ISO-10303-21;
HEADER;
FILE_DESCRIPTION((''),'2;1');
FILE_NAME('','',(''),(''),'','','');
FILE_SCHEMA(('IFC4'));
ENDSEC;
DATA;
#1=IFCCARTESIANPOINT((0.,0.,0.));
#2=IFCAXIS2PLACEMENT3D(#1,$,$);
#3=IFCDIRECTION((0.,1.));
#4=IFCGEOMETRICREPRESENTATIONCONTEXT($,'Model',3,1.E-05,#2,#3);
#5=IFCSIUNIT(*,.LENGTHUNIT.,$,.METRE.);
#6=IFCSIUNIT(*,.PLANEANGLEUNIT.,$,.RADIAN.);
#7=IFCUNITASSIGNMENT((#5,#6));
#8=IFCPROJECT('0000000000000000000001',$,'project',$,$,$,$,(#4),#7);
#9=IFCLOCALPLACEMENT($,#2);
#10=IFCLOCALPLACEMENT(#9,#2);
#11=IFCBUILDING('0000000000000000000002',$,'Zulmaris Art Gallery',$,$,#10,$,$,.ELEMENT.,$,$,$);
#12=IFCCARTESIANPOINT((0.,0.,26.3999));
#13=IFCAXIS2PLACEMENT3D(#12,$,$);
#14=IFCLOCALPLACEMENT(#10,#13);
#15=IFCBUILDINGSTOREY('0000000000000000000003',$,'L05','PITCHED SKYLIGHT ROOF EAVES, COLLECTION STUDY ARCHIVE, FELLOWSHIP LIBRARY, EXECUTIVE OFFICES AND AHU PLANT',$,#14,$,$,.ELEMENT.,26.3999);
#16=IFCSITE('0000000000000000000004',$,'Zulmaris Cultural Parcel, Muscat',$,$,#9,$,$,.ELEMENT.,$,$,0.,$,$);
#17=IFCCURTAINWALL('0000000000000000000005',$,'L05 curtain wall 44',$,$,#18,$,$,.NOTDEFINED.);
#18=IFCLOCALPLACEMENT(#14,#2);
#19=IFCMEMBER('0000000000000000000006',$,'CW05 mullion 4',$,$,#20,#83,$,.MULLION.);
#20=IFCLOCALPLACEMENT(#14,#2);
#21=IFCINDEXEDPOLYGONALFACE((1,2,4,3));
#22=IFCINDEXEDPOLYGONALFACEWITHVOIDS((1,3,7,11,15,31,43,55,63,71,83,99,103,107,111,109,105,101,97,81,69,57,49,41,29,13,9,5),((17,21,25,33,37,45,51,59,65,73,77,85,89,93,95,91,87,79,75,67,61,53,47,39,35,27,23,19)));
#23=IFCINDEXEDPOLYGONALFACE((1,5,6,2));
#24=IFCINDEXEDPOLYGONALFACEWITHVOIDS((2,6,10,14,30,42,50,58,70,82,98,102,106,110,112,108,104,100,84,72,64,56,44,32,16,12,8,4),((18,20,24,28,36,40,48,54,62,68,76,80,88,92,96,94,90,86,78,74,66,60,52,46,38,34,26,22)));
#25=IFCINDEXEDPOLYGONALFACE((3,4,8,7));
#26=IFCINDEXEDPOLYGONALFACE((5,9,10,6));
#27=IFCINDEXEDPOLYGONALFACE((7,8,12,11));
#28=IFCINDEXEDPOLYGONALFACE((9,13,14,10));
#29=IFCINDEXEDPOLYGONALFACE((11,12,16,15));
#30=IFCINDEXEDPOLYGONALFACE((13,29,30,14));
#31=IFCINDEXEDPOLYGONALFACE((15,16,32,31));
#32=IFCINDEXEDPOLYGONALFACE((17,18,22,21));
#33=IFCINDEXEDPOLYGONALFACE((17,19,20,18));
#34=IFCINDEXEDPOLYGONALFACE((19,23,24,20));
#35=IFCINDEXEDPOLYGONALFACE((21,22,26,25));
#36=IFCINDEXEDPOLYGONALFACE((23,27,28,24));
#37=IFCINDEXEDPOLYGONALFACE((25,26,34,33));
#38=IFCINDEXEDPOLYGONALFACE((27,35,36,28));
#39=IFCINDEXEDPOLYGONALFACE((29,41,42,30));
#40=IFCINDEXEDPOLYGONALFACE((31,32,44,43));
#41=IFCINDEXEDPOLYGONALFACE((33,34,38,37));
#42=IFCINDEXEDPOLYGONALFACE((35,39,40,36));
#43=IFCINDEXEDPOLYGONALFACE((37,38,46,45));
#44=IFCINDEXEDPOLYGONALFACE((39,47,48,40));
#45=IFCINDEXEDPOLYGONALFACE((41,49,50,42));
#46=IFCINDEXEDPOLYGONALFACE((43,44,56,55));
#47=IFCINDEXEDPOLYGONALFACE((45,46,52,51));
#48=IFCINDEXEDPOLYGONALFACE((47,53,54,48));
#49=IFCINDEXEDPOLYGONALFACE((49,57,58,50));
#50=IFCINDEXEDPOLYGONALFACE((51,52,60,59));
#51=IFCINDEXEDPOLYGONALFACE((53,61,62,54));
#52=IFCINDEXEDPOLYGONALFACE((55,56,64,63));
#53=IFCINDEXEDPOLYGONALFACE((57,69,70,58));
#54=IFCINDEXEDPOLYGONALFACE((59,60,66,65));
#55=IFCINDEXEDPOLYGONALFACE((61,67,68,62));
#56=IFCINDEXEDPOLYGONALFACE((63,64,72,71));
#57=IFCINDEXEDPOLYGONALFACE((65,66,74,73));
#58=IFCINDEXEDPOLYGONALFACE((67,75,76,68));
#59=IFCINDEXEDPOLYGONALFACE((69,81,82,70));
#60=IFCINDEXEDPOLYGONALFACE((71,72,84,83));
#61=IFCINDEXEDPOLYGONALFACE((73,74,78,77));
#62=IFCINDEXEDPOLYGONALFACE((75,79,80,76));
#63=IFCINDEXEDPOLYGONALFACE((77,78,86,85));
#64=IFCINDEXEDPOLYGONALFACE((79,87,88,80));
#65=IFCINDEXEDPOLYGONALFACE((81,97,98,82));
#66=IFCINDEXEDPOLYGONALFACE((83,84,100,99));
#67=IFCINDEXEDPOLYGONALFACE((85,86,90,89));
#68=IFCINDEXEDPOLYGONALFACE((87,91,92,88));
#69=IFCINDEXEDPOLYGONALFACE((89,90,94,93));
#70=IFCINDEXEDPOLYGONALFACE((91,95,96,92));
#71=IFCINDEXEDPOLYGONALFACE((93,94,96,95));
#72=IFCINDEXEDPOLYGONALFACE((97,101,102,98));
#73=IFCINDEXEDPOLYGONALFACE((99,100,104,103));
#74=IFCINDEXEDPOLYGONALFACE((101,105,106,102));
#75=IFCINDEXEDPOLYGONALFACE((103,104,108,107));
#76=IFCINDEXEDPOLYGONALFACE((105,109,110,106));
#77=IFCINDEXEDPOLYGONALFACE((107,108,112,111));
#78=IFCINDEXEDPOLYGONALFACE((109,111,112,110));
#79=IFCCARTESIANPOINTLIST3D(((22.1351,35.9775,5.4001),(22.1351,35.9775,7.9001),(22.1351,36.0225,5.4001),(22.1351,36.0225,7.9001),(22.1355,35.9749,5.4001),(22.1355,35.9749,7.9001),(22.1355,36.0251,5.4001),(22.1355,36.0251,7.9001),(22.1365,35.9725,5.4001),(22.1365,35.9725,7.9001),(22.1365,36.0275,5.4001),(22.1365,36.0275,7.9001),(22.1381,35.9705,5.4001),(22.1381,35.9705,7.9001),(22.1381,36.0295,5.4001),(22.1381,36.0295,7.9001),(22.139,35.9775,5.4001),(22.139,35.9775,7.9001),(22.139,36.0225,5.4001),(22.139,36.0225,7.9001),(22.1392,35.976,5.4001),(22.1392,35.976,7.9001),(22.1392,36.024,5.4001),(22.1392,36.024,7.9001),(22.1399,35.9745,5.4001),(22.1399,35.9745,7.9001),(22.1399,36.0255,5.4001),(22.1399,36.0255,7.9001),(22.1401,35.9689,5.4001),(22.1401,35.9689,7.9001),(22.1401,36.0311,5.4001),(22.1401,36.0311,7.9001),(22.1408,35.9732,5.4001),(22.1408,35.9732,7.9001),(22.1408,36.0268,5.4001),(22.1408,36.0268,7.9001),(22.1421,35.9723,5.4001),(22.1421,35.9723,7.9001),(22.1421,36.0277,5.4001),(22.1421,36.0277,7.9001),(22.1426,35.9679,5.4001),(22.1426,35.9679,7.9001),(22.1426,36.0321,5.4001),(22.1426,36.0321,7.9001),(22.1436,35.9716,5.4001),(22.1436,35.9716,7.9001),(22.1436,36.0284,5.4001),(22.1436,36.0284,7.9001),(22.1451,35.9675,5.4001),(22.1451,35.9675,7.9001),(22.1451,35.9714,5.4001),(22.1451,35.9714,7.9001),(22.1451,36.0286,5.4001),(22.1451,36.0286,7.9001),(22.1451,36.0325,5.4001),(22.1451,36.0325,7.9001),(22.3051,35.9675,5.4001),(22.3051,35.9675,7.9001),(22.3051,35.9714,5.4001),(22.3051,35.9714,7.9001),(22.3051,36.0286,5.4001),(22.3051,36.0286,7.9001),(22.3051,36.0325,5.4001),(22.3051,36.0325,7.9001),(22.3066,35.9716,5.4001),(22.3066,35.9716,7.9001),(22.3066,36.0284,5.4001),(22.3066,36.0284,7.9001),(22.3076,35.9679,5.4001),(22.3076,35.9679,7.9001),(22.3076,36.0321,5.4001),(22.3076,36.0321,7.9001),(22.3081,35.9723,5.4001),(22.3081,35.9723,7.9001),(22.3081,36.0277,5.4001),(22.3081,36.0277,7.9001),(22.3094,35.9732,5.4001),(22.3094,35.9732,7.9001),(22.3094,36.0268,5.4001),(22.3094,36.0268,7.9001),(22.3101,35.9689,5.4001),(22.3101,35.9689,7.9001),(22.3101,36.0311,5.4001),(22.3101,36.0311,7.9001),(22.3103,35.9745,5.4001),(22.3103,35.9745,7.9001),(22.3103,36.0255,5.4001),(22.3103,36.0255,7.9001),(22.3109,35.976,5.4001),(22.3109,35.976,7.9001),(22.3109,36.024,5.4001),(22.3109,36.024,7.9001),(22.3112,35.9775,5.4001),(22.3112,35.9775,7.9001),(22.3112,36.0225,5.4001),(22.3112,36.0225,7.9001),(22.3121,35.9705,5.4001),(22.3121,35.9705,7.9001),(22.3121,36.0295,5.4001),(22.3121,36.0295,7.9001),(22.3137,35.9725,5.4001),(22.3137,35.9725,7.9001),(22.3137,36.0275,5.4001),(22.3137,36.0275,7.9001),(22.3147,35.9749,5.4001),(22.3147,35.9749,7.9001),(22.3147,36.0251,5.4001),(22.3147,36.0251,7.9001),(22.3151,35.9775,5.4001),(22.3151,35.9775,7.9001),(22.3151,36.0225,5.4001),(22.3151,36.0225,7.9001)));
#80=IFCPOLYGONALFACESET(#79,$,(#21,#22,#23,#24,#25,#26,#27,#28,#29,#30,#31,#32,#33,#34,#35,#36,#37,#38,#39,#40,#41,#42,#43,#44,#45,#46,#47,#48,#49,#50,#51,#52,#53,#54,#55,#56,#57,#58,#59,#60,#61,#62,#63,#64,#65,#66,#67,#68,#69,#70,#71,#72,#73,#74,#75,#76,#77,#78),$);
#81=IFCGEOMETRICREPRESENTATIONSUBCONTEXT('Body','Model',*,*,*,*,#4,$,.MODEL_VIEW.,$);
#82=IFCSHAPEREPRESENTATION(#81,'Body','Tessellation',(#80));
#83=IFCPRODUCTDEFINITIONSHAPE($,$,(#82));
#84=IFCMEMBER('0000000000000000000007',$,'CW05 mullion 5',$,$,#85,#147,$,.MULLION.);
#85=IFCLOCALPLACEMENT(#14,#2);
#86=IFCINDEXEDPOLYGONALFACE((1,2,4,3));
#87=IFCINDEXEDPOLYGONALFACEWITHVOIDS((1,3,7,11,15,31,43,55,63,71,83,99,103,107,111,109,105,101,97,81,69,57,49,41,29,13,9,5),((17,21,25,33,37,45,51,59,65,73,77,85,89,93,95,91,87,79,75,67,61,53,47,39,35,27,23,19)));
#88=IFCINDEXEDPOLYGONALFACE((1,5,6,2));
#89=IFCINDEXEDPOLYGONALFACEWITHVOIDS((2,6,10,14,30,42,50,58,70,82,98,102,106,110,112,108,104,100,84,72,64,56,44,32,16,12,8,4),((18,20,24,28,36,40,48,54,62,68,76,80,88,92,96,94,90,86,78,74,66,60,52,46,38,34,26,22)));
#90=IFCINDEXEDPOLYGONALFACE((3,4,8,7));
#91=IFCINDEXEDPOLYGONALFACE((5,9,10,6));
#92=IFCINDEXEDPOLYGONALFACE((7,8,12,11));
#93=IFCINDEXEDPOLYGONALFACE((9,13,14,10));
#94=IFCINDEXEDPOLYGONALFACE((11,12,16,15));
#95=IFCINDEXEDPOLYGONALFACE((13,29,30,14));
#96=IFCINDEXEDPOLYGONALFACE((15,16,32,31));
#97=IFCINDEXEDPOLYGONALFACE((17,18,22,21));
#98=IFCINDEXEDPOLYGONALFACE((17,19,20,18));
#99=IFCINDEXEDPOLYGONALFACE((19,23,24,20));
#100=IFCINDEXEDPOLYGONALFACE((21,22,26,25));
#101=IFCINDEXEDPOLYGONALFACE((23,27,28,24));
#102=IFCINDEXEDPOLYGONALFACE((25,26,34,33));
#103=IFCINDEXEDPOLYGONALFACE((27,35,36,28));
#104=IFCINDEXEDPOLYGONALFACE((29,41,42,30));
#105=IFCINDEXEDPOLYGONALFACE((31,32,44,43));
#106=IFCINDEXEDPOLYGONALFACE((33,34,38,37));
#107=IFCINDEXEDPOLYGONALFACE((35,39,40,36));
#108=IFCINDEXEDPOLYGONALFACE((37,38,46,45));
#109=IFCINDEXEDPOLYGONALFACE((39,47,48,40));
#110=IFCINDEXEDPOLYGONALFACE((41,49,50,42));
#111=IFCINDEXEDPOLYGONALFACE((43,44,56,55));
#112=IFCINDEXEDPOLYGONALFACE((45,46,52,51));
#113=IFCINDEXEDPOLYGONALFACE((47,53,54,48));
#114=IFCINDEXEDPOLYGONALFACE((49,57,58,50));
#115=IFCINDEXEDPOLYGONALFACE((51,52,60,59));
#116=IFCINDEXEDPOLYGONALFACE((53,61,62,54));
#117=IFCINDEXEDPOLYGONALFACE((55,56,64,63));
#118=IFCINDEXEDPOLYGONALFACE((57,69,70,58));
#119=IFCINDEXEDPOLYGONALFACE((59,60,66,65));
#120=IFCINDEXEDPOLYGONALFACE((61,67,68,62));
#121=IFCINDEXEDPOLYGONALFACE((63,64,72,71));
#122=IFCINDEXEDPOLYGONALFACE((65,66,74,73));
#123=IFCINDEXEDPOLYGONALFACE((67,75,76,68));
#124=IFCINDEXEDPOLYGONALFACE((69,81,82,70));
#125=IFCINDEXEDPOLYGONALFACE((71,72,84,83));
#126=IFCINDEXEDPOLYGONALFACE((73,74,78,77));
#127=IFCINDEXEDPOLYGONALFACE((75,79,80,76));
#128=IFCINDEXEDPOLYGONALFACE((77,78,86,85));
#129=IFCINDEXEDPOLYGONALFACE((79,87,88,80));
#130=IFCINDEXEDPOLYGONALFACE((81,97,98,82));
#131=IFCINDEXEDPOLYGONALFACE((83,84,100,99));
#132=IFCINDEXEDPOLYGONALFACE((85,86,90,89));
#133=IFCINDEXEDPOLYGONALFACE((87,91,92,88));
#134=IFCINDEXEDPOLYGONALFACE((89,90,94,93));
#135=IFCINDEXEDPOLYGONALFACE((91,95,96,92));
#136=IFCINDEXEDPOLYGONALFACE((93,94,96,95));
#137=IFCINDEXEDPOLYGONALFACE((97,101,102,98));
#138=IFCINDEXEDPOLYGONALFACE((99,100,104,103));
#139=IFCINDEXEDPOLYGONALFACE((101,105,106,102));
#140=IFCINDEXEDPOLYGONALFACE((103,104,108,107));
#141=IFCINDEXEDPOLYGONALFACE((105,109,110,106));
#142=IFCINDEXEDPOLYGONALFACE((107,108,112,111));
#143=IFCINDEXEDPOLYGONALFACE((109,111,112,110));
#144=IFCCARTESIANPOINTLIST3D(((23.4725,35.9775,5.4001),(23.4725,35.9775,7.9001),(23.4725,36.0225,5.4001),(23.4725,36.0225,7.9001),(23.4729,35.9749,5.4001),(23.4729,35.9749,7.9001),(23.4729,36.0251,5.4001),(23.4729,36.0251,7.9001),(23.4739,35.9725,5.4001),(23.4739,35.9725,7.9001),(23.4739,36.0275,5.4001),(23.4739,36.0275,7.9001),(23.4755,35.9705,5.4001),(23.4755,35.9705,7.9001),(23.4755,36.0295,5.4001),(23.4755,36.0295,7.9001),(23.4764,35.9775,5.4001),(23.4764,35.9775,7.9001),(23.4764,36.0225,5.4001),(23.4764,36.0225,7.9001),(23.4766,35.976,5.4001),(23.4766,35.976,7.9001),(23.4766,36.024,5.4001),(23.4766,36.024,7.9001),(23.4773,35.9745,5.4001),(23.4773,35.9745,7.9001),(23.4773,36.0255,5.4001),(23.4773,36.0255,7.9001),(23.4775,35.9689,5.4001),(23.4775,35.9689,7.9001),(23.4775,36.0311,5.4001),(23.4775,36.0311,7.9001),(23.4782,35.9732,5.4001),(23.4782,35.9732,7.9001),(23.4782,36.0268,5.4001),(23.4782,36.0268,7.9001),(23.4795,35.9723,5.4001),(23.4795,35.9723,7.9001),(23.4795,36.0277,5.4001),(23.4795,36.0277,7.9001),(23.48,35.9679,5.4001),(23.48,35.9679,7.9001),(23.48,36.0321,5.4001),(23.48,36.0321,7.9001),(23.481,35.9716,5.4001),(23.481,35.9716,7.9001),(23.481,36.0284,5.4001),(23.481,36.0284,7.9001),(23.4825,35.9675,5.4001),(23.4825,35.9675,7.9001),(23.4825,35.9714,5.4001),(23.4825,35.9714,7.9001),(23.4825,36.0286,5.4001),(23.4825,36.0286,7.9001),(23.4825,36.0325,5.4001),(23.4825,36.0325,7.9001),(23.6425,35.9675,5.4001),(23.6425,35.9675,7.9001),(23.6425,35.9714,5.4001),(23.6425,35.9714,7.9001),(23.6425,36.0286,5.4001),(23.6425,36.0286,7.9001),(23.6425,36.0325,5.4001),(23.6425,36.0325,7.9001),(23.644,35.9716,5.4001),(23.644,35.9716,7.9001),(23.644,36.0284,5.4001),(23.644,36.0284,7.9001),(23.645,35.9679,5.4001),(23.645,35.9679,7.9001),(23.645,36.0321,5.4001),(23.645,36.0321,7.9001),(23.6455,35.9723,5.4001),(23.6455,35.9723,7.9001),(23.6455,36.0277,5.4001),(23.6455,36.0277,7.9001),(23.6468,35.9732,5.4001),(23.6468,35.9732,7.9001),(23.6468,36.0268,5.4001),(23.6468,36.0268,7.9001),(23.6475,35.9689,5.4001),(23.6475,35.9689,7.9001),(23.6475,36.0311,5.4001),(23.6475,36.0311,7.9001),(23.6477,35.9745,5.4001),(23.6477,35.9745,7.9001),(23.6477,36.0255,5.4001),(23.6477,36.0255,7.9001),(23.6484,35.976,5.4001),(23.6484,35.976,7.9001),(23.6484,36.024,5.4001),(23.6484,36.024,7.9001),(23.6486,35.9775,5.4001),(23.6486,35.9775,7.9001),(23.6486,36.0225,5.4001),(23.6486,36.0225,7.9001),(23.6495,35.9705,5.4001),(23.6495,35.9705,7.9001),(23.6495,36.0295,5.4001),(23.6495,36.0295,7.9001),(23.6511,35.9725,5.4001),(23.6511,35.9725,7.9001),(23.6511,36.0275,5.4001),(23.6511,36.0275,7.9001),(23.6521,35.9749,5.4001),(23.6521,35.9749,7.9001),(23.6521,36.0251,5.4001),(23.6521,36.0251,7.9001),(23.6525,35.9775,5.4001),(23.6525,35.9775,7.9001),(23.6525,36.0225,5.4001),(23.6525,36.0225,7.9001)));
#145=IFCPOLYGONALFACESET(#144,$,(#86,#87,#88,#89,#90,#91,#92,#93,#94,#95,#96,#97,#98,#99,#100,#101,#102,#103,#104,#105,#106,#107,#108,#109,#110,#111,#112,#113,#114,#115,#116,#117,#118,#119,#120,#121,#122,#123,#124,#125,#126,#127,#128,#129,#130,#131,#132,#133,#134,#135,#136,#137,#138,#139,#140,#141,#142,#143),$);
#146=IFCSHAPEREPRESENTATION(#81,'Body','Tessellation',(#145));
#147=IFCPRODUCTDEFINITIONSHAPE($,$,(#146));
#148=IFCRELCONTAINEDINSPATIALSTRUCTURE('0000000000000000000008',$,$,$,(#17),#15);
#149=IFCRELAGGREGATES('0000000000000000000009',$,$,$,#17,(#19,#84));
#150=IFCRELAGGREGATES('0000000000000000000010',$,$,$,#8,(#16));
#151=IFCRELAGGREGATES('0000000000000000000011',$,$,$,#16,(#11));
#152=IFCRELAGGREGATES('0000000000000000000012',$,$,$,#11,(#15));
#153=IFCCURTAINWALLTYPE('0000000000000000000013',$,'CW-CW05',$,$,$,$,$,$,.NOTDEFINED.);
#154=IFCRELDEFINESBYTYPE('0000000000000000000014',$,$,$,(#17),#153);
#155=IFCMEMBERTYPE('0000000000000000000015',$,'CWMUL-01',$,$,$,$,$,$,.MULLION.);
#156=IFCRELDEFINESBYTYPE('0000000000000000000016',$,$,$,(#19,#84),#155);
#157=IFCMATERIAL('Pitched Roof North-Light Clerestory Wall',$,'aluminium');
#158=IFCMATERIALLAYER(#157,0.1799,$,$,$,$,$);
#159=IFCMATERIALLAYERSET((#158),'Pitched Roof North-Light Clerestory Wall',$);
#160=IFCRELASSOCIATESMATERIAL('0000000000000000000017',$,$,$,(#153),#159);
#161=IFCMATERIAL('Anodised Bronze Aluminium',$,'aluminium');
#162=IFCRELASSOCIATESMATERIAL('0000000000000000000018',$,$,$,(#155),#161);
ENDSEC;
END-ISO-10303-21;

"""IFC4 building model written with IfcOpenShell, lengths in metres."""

from ifc_helpers import new_model, si_unit, direction, frame, origin, origin_2d, place, context, subcontext, project, spatial, hollow_rectangle, extrude, material, layer, layer_set, material_profile, profile_set, type_object, element, aggregate, save


model = new_model("IFC4")

# Units and contexts
model_context = context("Model", 3, precision=1e-05, world=origin(), true_north=direction((0.0, 1.0)))
body_context = subcontext(model_context, "Body", "Model", "MODEL_VIEW")
ifc_project = project(units=[si_unit("LENGTHUNIT", "METRE"), si_unit("PLANEANGLEUNIT", "RADIAN")], contexts=[model_context])

# Site, building, storey
site_placement = place(None, origin())
site = spatial("IfcSite", under=ifc_project, at=site_placement, Name="Zulmaris Cultural Parcel, Muscat", CompositionType="ELEMENT", RefElevation=0.0)
building_placement = place(site_placement, origin())
building = spatial("IfcBuilding", under=site, at=building_placement, Name="Zulmaris Art Gallery", CompositionType="ELEMENT")
storey_placement = place(building_placement, frame((0.0, 0.0, 26.3999)))
storey = spatial("IfcBuildingStorey", under=building, at=storey_placement, Name="L05", Description="PITCHED SKYLIGHT ROOF EAVES, COLLECTION STUDY ARCHIVE, FELLOWSHIP LIBRARY, EXECUTIVE OFFICES AND AHU PLANT", CompositionType="ELEMENT", Elevation=26.3999)

# Curtain wall, members
ifc_material_1 = material(Name="Pitched Roof North-Light Clerestory Wall", Category="aluminium")
ifc_layer_1 = layer(ifc_material_1, 0.1799)
ifc_layer_set_1 = layer_set([ifc_layer_1], Name="Pitched Roof North-Light Clerestory Wall")
curtain_wall_type = type_object("IfcCurtainWallType", Name="CW-CW05", PredefinedType="NOTDEFINED", material=ifc_layer_set_1)
curtain_wall_1_placement = place(storey_placement, origin())
curtain_wall_1 = element("IfcCurtainWall", 1, at=curtain_wall_1_placement, inside=storey, type_object=curtain_wall_type, Name="L05 curtain wall 44", PredefinedType="NOTDEFINED")
ifc_material_2 = material(Name="Anodised Bronze Aluminium", Category="aluminium")
ifc_material_profile_1 = material_profile(ifc_material_2, hollow_rectangle(XDim=0.0649, YDim=0.1799, WallThickness=0.0039, InnerFilletRadius=0.0061, OuterFilletRadius=0.01, at=origin_2d()), Name="ALU 65x180x4")
ifc_profile_set_1 = profile_set([ifc_material_profile_1], Name="Anodised Bronze Aluminium")
member_type_1 = type_object("IfcMemberType", Name="CWMUL-01", PredefinedType="MULLION", material=ifc_profile_set_1)
member_1_placement = place(storey_placement, frame((22.2251, 36.0, 5.4001), z_axis=(0.0, 0.0, 1.0), x_axis=(0.0, 1.0, 0.0)))
member_1 = element("IfcMember", 2, at=member_1_placement, type_object=member_type_1, Name="CW05 mullion 4", PredefinedType="MULLION", context=body_context, shape_type="SweptSolid", body=[
    extrude(hollow_rectangle(XDim=0.0649, YDim=0.1799, WallThickness=0.0039, InnerFilletRadius=0.0061, OuterFilletRadius=0.01, at=origin_2d()), origin(), (0.0, 0.0, 1.0), 2.5),
])
member_2_placement = place(storey_placement, frame((23.5625, 36.0, 5.4001), z_axis=(0.0, 0.0, 1.0), x_axis=(0.0, 1.0, 0.0)))
member_2 = element("IfcMember", 3, at=member_2_placement, type_object=member_type_1, Name="CW05 mullion 5", PredefinedType="MULLION", context=body_context, shape_type="SweptSolid", body=[
    extrude(hollow_rectangle(XDim=0.0649, YDim=0.1799, WallThickness=0.0039, InnerFilletRadius=0.0061, OuterFilletRadius=0.01, at=origin_2d()), origin(), (0.0, 0.0, 1.0), 2.5),
])

aggregate(curtain_wall_1, [member_1, member_2])

save(model, "model.ifc")
